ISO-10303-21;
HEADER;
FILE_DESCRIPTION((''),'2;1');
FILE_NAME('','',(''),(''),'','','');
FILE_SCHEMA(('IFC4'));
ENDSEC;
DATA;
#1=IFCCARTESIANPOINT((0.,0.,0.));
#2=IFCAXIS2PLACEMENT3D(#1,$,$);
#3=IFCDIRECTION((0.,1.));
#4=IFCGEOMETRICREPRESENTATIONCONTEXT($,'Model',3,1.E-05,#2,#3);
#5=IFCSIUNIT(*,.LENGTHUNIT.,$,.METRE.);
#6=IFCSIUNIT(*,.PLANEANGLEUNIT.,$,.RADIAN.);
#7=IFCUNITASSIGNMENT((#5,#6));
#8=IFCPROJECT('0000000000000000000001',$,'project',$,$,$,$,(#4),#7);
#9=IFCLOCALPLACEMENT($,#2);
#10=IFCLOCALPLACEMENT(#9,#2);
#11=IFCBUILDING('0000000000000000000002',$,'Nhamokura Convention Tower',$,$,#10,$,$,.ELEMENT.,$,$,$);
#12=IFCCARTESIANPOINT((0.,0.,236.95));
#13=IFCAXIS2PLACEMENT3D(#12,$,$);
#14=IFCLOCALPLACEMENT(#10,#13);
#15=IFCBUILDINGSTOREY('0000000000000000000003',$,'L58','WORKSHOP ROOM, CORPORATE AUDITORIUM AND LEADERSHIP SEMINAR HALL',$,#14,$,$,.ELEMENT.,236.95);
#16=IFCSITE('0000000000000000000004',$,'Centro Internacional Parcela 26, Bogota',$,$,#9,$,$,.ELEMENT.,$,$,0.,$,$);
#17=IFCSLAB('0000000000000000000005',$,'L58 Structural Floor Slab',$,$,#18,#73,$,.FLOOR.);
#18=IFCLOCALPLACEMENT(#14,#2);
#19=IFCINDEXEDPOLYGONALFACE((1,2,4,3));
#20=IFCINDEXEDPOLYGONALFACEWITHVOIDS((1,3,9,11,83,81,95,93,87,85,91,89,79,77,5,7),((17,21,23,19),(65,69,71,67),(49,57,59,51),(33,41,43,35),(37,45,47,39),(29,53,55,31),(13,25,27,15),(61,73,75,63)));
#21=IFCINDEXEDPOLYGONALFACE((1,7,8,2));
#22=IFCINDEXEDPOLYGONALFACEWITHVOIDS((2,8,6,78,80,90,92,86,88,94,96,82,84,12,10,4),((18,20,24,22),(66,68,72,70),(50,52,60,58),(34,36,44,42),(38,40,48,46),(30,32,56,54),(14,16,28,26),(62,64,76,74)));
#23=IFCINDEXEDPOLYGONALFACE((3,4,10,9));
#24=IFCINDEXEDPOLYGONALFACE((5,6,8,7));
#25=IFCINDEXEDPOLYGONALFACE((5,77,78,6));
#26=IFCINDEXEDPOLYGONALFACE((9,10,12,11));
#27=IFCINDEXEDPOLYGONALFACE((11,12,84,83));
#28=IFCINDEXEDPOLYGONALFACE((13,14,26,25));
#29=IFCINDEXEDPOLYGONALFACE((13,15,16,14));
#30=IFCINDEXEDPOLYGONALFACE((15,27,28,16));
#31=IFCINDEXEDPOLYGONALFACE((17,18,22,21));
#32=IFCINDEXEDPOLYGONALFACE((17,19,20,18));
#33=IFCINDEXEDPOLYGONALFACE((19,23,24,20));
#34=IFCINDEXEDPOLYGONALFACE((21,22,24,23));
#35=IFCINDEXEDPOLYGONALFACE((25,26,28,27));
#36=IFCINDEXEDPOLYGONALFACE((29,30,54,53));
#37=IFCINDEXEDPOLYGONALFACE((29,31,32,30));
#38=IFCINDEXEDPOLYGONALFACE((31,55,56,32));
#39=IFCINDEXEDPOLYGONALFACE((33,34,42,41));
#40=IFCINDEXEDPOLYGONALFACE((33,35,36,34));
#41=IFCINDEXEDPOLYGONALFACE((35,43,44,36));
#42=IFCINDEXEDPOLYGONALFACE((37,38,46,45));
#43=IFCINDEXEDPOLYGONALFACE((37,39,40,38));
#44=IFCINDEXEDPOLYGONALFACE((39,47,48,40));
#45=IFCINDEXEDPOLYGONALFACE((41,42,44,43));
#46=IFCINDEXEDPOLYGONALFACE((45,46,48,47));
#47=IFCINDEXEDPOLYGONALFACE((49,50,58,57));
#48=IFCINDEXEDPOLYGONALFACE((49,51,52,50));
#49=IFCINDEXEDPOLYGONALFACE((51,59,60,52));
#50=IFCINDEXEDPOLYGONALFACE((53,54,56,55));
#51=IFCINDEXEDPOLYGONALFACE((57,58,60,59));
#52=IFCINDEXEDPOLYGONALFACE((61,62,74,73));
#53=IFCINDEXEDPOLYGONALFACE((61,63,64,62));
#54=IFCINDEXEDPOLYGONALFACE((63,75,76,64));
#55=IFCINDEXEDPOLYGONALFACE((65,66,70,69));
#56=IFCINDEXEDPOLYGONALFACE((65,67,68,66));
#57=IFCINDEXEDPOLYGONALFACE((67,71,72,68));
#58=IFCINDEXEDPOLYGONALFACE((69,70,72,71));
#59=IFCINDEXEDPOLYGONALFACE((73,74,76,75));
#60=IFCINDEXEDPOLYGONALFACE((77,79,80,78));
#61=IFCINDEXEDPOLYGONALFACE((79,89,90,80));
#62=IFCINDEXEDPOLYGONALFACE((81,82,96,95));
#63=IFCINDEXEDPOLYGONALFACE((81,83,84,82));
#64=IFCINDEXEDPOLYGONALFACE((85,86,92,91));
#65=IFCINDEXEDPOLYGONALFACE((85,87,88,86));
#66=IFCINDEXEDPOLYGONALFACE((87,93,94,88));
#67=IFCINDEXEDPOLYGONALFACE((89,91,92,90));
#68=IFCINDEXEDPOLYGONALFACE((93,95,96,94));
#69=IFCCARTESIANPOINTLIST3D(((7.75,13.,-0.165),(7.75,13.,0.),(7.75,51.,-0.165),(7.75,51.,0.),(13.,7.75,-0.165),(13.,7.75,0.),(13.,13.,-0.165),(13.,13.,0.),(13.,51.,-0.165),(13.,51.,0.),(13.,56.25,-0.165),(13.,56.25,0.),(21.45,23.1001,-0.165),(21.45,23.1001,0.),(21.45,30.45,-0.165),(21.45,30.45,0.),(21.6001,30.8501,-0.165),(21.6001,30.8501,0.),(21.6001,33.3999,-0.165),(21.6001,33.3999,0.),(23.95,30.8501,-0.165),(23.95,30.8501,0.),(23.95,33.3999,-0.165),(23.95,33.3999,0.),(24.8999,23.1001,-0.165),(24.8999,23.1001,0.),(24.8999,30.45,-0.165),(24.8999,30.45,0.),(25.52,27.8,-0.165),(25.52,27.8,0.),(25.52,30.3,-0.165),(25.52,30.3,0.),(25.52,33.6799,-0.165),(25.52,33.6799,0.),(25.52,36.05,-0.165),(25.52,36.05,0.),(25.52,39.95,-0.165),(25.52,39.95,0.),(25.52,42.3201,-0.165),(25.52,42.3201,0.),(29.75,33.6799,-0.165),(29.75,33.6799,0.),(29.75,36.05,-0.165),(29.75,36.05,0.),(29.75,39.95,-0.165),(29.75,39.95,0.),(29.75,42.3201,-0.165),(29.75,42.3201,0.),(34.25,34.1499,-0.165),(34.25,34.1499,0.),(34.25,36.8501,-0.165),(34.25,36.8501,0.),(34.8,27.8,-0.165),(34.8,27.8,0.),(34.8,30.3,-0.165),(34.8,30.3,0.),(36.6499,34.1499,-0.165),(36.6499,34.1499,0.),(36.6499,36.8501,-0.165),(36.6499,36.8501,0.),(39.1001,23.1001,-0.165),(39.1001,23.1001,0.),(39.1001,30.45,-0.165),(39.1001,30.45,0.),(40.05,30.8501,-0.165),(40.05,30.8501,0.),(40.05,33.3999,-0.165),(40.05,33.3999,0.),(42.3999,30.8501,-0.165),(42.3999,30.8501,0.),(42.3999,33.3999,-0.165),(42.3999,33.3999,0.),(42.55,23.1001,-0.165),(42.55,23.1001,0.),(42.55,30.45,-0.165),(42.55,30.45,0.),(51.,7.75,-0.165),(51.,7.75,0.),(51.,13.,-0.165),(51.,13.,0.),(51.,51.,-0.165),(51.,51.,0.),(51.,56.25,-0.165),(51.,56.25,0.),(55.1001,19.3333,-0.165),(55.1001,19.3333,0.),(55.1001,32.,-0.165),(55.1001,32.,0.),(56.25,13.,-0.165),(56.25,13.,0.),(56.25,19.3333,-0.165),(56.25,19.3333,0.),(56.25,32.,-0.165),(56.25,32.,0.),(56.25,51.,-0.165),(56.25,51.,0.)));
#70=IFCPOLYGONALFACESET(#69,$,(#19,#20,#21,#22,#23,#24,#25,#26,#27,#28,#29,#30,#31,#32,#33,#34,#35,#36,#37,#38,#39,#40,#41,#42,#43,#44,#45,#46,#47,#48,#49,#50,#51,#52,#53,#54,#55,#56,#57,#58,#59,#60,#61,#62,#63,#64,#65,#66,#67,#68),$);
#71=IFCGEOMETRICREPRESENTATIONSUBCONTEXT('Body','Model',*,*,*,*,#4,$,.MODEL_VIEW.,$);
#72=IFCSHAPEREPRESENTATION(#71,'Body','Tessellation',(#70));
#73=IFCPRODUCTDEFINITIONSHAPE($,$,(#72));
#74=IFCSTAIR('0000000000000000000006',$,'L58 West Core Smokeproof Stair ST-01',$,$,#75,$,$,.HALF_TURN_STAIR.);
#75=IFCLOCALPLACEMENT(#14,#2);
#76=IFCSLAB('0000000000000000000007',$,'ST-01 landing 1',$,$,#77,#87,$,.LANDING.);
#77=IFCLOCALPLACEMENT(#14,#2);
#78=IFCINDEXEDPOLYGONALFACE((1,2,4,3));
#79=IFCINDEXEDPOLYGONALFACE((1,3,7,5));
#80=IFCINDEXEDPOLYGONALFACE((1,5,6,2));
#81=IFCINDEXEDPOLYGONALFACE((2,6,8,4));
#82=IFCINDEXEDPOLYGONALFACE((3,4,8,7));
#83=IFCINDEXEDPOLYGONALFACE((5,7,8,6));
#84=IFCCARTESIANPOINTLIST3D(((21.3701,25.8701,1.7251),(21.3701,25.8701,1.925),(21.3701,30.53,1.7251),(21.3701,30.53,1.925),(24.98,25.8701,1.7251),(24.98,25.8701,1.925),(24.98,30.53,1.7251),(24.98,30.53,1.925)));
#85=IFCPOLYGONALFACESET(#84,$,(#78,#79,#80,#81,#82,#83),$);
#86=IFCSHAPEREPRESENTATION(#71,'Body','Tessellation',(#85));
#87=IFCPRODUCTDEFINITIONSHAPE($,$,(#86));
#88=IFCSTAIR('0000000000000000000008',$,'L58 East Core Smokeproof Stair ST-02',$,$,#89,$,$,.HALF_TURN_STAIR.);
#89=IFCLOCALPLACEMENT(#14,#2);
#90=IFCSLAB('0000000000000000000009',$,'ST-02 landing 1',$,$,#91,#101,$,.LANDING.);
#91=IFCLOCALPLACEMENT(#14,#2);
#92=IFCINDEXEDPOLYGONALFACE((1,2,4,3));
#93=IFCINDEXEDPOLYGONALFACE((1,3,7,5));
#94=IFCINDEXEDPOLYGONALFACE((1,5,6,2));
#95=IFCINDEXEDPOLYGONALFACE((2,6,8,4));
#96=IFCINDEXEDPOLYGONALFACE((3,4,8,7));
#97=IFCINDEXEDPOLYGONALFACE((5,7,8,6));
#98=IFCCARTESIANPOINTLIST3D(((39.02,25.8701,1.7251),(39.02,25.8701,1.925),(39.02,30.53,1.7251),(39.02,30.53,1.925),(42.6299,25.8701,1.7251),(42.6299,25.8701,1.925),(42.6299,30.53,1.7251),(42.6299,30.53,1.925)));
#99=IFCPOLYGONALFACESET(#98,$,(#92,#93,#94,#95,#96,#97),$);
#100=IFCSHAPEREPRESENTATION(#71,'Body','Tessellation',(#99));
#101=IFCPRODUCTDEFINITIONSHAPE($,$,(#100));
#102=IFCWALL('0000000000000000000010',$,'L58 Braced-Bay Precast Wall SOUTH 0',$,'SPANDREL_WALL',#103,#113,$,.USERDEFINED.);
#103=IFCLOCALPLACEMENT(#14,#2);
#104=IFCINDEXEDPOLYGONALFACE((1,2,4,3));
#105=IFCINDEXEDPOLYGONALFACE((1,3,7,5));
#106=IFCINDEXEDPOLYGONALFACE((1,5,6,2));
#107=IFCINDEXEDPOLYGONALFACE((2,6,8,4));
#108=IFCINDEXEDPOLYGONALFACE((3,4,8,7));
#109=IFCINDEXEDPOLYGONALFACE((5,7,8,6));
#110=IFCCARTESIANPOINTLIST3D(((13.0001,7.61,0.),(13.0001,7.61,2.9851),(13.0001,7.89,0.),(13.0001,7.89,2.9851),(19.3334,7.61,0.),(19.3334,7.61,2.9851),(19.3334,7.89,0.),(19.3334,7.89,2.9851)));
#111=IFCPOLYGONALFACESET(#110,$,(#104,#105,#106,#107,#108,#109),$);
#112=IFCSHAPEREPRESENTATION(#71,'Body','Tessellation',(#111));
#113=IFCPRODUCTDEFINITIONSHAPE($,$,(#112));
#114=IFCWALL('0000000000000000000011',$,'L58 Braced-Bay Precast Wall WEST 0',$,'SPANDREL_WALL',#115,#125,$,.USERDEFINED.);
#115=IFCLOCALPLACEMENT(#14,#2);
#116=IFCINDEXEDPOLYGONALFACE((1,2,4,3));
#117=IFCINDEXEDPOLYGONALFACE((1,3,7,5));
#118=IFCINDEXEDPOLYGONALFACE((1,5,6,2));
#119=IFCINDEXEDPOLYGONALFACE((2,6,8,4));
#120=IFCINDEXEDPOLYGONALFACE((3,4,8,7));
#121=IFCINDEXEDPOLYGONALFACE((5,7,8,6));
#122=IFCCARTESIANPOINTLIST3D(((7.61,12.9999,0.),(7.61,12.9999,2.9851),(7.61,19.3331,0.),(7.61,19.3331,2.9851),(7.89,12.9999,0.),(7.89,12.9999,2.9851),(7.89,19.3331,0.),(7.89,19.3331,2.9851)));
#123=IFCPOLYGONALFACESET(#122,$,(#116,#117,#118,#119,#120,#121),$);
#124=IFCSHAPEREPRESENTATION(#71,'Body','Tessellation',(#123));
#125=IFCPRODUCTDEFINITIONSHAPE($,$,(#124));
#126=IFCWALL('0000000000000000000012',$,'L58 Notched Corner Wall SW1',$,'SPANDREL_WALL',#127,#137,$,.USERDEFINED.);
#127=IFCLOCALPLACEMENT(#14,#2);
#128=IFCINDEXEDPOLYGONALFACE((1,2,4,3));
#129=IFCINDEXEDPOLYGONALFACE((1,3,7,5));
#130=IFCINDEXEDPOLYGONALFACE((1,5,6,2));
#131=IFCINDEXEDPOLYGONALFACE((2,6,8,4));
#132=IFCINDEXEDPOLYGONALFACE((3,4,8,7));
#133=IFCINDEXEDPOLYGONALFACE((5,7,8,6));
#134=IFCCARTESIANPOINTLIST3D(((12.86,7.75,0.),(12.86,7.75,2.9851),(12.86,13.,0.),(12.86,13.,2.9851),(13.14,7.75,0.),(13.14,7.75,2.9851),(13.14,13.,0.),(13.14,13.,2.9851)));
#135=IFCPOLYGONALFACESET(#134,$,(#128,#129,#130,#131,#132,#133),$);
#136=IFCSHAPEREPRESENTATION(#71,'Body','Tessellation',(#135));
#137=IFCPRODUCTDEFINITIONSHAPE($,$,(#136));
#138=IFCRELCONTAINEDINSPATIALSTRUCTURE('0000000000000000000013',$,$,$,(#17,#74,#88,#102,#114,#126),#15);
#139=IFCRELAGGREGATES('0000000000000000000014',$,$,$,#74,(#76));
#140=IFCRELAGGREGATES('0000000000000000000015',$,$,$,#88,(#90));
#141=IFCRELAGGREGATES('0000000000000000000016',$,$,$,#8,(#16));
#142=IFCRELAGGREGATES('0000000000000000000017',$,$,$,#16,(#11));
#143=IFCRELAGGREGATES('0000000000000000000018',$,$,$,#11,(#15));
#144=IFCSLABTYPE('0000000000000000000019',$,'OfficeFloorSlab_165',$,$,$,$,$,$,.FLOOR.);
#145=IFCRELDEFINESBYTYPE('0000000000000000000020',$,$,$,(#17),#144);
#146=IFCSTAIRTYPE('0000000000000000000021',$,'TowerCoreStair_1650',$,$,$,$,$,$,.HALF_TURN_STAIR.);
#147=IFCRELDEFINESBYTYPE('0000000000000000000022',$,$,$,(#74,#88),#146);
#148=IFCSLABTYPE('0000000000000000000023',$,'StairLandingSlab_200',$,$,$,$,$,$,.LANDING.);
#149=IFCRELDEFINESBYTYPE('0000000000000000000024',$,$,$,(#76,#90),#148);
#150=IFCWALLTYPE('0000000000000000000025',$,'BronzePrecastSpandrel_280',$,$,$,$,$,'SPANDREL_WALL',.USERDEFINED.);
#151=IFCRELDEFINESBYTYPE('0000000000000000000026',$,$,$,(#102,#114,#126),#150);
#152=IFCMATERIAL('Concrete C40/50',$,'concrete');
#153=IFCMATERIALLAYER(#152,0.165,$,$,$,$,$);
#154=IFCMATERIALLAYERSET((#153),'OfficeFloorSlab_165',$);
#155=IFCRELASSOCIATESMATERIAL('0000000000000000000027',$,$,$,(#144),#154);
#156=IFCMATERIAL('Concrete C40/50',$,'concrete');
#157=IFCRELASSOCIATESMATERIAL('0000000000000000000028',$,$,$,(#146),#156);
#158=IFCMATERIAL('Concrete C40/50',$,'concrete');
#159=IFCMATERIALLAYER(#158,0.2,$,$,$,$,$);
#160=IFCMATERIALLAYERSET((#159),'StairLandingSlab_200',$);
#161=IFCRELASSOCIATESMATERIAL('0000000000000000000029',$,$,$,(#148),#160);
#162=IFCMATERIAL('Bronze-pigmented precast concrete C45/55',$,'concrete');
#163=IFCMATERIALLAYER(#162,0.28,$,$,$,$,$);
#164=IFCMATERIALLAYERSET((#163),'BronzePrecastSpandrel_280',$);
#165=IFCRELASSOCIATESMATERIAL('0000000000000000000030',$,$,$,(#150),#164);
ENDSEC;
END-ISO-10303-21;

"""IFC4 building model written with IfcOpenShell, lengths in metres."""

from ifc_helpers import new_model, si_unit, direction, frame, frame_2d, origin, place, context, subcontext, project, spatial, polyline, rectangle, outline, extrude, material, layer, layer_set, type_object, element, aggregate, save


model = new_model("IFC4")

# Units and contexts
model_context = context("Model", 3, precision=1e-05, world=origin(), true_north=direction((0.0, 1.0)))
body_context = subcontext(model_context, "Body", "Model", "MODEL_VIEW")
ifc_project = project(units=[si_unit("LENGTHUNIT", "METRE"), si_unit("PLANEANGLEUNIT", "RADIAN")], contexts=[model_context])

# Site, building, storey
site_placement = place(None, origin())
site = spatial("IfcSite", under=ifc_project, at=site_placement, Name="Centro Internacional Parcela 26, Bogota", CompositionType="ELEMENT", RefElevation=0.0)
building_placement = place(site_placement, origin())
building = spatial("IfcBuilding", under=site, at=building_placement, Name="Nhamokura Convention Tower", CompositionType="ELEMENT")
storey_placement = place(building_placement, frame((0.0, 0.0, 236.95)))
storey = spatial("IfcBuildingStorey", under=building, at=storey_placement, Name="L58", Description="WORKSHOP ROOM, CORPORATE AUDITORIUM AND LEADERSHIP SEMINAR HALL", CompositionType="ELEMENT", Elevation=236.95)

# Slab
ifc_material_1 = material(Name="Concrete C40/50", Category="concrete")
ifc_layer_1 = layer(ifc_material_1, 0.165)
ifc_layer_set_1 = layer_set([ifc_layer_1], Name="OfficeFloorSlab_165")
slab_type_1 = type_object("IfcSlabType", Name="OfficeFloorSlab_165", PredefinedType="FLOOR", material=ifc_layer_set_1)
slab_1_placement = place(storey_placement, frame((0.0, 0.0, -0.165)))
element("IfcSlab", 1, at=slab_1_placement, inside=storey, type_object=slab_type_1, Name="L58 Structural Floor Slab", PredefinedType="FLOOR", context=body_context, shape_type="SweptSolid", body=[
    extrude(outline(polyline([(13.0, 7.75), (51.0, 7.75), (51.0, 13.0), (56.25, 13.0), (56.25, 19.3333), (55.1001, 19.3333), (55.1001, 32.0), (56.25, 32.0), (56.25, 51.0), (51.0, 51.0), (51.0, 56.25), (13.0, 56.25), (13.0, 51.0), (7.75, 51.0), (7.75, 13.0), (13.0, 13.0), (13.0, 7.75)]), holes=[polyline([(24.8999, 23.1001), (24.8999, 30.45), (21.45, 30.45), (21.45, 23.1001), (24.8999, 23.1001)]), polyline([(42.55, 23.1001), (42.55, 30.45), (39.1001, 30.45), (39.1001, 23.1001), (42.55, 23.1001)]), polyline([(21.6001, 30.8501), (23.95, 30.8501), (23.95, 33.3999), (21.6001, 33.3999), (21.6001, 30.8501)]), polyline([(40.05, 30.8501), (42.3999, 30.8501), (42.3999, 33.3999), (40.05, 33.3999), (40.05, 30.8501)]), polyline([(34.25, 34.1499), (36.6499, 34.1499), (36.6499, 36.8501), (34.25, 36.8501), (34.25, 34.1499)]), polyline([(25.52, 27.8), (34.8, 27.8), (34.8, 30.3), (25.52, 30.3), (25.52, 27.8)]), polyline([(25.52, 33.6799), (29.75, 33.6799), (29.75, 36.05), (25.52, 36.05), (25.52, 33.6799)]), polyline([(25.52, 39.95), (29.75, 39.95), (29.75, 42.3201), (25.52, 42.3201), (25.52, 39.95)])]), origin(), (0.0, 0.0, 1.0), 0.165),
])

# Stairs, slabs
ifc_material_2 = material(Name="Concrete C40/50", Category="concrete")
stair_type = type_object("IfcStairType", Name="TowerCoreStair_1650", PredefinedType="HALF_TURN_STAIR", material=ifc_material_2)
stair_1_placement = place(storey_placement, origin())
stair_1 = element("IfcStair", 2, at=stair_1_placement, inside=storey, type_object=stair_type, Name="L58 West Core Smokeproof Stair ST-01", PredefinedType="HALF_TURN_STAIR")
ifc_material_3 = material(Name="Concrete C40/50", Category="concrete")
ifc_layer_2 = layer(ifc_material_3, 0.2)
ifc_layer_set_2 = layer_set([ifc_layer_2], Name="StairLandingSlab_200")
slab_type_2 = type_object("IfcSlabType", Name="StairLandingSlab_200", PredefinedType="LANDING", material=ifc_layer_set_2)
slab_2_placement = place(storey_placement, frame((0.0, 0.0, 1.7251)))
slab_2 = element("IfcSlab", 3, at=slab_2_placement, type_object=slab_type_2, Name="ST-01 landing 1", PredefinedType="LANDING", context=body_context, shape_type="SweptSolid", body=[
    extrude(outline(polyline([(24.98, 25.8701), (24.98, 30.53), (21.3701, 30.53), (21.3701, 25.8701), (24.98, 25.8701)])), origin(), (0.0, 0.0, 1.0), 0.2),
])
aggregate(stair_1, [slab_2])
stair_2_placement = place(storey_placement, origin())
stair_2 = element("IfcStair", 4, at=stair_2_placement, inside=storey, type_object=stair_type, Name="L58 East Core Smokeproof Stair ST-02", PredefinedType="HALF_TURN_STAIR")
slab_3_placement = place(storey_placement, frame((0.0, 0.0, 1.7251)))
slab_3 = element("IfcSlab", 5, at=slab_3_placement, type_object=slab_type_2, Name="ST-02 landing 1", PredefinedType="LANDING", context=body_context, shape_type="SweptSolid", body=[
    extrude(outline(polyline([(42.6299, 25.8701), (42.6299, 30.53), (39.02, 30.53), (39.02, 25.8701), (42.6299, 25.8701)])), origin(), (0.0, 0.0, 1.0), 0.2),
])
aggregate(stair_2, [slab_3])

# Walls
ifc_material_4 = material(Name="Bronze-pigmented precast concrete C45/55", Category="concrete")
ifc_layer_3 = layer(ifc_material_4, 0.28)
ifc_layer_set_3 = layer_set([ifc_layer_3], Name="BronzePrecastSpandrel_280")
wall_type = type_object("IfcWallType", Name="BronzePrecastSpandrel_280", ElementType="SPANDREL_WALL", PredefinedType="USERDEFINED", material=ifc_layer_set_3)
for number, where, z_axis, x_axis, name in (
    (6, (19.3333, 7.75, 0.0), (0.0, 0.0, 1.0), (-1.0, 0.0, 0.0), "L58 Braced-Bay Precast Wall SOUTH 0"),
    (7, (7.75, 13.0, 0.0), (0.0, 0.0, 1.0), (0.0, 1.0, 0.0), "L58 Braced-Bay Precast Wall WEST 0"),
):
    element("IfcWall", number, at=place(storey_placement, frame(where, z_axis=z_axis, x_axis=x_axis)), inside=storey, type_object=wall_type, Name=name, ObjectType="SPANDREL_WALL", PredefinedType="USERDEFINED", context=body_context, shape_type="SweptSolid", body=[
        extrude(rectangle(XDim=6.3333, YDim=0.28, at=frame_2d((3.1665, 0.0))), origin(), (0.0, 0.0, 1.0), 2.9851),
    ])
wall_placement = place(storey_placement, frame((13.0, 7.75, 0.0), z_axis=(0.0, 0.0, 1.0), x_axis=(0.0, 1.0, 0.0)))
element("IfcWall", 8, at=wall_placement, inside=storey, type_object=wall_type, Name="L58 Notched Corner Wall SW1", ObjectType="SPANDREL_WALL", PredefinedType="USERDEFINED", context=body_context, shape_type="SweptSolid", body=[
    extrude(rectangle(XDim=5.25, YDim=0.28, at=frame_2d((2.625, 0.0))), origin(), (0.0, 0.0, 1.0), 2.9851),
])

save(model, "model.ifc")
